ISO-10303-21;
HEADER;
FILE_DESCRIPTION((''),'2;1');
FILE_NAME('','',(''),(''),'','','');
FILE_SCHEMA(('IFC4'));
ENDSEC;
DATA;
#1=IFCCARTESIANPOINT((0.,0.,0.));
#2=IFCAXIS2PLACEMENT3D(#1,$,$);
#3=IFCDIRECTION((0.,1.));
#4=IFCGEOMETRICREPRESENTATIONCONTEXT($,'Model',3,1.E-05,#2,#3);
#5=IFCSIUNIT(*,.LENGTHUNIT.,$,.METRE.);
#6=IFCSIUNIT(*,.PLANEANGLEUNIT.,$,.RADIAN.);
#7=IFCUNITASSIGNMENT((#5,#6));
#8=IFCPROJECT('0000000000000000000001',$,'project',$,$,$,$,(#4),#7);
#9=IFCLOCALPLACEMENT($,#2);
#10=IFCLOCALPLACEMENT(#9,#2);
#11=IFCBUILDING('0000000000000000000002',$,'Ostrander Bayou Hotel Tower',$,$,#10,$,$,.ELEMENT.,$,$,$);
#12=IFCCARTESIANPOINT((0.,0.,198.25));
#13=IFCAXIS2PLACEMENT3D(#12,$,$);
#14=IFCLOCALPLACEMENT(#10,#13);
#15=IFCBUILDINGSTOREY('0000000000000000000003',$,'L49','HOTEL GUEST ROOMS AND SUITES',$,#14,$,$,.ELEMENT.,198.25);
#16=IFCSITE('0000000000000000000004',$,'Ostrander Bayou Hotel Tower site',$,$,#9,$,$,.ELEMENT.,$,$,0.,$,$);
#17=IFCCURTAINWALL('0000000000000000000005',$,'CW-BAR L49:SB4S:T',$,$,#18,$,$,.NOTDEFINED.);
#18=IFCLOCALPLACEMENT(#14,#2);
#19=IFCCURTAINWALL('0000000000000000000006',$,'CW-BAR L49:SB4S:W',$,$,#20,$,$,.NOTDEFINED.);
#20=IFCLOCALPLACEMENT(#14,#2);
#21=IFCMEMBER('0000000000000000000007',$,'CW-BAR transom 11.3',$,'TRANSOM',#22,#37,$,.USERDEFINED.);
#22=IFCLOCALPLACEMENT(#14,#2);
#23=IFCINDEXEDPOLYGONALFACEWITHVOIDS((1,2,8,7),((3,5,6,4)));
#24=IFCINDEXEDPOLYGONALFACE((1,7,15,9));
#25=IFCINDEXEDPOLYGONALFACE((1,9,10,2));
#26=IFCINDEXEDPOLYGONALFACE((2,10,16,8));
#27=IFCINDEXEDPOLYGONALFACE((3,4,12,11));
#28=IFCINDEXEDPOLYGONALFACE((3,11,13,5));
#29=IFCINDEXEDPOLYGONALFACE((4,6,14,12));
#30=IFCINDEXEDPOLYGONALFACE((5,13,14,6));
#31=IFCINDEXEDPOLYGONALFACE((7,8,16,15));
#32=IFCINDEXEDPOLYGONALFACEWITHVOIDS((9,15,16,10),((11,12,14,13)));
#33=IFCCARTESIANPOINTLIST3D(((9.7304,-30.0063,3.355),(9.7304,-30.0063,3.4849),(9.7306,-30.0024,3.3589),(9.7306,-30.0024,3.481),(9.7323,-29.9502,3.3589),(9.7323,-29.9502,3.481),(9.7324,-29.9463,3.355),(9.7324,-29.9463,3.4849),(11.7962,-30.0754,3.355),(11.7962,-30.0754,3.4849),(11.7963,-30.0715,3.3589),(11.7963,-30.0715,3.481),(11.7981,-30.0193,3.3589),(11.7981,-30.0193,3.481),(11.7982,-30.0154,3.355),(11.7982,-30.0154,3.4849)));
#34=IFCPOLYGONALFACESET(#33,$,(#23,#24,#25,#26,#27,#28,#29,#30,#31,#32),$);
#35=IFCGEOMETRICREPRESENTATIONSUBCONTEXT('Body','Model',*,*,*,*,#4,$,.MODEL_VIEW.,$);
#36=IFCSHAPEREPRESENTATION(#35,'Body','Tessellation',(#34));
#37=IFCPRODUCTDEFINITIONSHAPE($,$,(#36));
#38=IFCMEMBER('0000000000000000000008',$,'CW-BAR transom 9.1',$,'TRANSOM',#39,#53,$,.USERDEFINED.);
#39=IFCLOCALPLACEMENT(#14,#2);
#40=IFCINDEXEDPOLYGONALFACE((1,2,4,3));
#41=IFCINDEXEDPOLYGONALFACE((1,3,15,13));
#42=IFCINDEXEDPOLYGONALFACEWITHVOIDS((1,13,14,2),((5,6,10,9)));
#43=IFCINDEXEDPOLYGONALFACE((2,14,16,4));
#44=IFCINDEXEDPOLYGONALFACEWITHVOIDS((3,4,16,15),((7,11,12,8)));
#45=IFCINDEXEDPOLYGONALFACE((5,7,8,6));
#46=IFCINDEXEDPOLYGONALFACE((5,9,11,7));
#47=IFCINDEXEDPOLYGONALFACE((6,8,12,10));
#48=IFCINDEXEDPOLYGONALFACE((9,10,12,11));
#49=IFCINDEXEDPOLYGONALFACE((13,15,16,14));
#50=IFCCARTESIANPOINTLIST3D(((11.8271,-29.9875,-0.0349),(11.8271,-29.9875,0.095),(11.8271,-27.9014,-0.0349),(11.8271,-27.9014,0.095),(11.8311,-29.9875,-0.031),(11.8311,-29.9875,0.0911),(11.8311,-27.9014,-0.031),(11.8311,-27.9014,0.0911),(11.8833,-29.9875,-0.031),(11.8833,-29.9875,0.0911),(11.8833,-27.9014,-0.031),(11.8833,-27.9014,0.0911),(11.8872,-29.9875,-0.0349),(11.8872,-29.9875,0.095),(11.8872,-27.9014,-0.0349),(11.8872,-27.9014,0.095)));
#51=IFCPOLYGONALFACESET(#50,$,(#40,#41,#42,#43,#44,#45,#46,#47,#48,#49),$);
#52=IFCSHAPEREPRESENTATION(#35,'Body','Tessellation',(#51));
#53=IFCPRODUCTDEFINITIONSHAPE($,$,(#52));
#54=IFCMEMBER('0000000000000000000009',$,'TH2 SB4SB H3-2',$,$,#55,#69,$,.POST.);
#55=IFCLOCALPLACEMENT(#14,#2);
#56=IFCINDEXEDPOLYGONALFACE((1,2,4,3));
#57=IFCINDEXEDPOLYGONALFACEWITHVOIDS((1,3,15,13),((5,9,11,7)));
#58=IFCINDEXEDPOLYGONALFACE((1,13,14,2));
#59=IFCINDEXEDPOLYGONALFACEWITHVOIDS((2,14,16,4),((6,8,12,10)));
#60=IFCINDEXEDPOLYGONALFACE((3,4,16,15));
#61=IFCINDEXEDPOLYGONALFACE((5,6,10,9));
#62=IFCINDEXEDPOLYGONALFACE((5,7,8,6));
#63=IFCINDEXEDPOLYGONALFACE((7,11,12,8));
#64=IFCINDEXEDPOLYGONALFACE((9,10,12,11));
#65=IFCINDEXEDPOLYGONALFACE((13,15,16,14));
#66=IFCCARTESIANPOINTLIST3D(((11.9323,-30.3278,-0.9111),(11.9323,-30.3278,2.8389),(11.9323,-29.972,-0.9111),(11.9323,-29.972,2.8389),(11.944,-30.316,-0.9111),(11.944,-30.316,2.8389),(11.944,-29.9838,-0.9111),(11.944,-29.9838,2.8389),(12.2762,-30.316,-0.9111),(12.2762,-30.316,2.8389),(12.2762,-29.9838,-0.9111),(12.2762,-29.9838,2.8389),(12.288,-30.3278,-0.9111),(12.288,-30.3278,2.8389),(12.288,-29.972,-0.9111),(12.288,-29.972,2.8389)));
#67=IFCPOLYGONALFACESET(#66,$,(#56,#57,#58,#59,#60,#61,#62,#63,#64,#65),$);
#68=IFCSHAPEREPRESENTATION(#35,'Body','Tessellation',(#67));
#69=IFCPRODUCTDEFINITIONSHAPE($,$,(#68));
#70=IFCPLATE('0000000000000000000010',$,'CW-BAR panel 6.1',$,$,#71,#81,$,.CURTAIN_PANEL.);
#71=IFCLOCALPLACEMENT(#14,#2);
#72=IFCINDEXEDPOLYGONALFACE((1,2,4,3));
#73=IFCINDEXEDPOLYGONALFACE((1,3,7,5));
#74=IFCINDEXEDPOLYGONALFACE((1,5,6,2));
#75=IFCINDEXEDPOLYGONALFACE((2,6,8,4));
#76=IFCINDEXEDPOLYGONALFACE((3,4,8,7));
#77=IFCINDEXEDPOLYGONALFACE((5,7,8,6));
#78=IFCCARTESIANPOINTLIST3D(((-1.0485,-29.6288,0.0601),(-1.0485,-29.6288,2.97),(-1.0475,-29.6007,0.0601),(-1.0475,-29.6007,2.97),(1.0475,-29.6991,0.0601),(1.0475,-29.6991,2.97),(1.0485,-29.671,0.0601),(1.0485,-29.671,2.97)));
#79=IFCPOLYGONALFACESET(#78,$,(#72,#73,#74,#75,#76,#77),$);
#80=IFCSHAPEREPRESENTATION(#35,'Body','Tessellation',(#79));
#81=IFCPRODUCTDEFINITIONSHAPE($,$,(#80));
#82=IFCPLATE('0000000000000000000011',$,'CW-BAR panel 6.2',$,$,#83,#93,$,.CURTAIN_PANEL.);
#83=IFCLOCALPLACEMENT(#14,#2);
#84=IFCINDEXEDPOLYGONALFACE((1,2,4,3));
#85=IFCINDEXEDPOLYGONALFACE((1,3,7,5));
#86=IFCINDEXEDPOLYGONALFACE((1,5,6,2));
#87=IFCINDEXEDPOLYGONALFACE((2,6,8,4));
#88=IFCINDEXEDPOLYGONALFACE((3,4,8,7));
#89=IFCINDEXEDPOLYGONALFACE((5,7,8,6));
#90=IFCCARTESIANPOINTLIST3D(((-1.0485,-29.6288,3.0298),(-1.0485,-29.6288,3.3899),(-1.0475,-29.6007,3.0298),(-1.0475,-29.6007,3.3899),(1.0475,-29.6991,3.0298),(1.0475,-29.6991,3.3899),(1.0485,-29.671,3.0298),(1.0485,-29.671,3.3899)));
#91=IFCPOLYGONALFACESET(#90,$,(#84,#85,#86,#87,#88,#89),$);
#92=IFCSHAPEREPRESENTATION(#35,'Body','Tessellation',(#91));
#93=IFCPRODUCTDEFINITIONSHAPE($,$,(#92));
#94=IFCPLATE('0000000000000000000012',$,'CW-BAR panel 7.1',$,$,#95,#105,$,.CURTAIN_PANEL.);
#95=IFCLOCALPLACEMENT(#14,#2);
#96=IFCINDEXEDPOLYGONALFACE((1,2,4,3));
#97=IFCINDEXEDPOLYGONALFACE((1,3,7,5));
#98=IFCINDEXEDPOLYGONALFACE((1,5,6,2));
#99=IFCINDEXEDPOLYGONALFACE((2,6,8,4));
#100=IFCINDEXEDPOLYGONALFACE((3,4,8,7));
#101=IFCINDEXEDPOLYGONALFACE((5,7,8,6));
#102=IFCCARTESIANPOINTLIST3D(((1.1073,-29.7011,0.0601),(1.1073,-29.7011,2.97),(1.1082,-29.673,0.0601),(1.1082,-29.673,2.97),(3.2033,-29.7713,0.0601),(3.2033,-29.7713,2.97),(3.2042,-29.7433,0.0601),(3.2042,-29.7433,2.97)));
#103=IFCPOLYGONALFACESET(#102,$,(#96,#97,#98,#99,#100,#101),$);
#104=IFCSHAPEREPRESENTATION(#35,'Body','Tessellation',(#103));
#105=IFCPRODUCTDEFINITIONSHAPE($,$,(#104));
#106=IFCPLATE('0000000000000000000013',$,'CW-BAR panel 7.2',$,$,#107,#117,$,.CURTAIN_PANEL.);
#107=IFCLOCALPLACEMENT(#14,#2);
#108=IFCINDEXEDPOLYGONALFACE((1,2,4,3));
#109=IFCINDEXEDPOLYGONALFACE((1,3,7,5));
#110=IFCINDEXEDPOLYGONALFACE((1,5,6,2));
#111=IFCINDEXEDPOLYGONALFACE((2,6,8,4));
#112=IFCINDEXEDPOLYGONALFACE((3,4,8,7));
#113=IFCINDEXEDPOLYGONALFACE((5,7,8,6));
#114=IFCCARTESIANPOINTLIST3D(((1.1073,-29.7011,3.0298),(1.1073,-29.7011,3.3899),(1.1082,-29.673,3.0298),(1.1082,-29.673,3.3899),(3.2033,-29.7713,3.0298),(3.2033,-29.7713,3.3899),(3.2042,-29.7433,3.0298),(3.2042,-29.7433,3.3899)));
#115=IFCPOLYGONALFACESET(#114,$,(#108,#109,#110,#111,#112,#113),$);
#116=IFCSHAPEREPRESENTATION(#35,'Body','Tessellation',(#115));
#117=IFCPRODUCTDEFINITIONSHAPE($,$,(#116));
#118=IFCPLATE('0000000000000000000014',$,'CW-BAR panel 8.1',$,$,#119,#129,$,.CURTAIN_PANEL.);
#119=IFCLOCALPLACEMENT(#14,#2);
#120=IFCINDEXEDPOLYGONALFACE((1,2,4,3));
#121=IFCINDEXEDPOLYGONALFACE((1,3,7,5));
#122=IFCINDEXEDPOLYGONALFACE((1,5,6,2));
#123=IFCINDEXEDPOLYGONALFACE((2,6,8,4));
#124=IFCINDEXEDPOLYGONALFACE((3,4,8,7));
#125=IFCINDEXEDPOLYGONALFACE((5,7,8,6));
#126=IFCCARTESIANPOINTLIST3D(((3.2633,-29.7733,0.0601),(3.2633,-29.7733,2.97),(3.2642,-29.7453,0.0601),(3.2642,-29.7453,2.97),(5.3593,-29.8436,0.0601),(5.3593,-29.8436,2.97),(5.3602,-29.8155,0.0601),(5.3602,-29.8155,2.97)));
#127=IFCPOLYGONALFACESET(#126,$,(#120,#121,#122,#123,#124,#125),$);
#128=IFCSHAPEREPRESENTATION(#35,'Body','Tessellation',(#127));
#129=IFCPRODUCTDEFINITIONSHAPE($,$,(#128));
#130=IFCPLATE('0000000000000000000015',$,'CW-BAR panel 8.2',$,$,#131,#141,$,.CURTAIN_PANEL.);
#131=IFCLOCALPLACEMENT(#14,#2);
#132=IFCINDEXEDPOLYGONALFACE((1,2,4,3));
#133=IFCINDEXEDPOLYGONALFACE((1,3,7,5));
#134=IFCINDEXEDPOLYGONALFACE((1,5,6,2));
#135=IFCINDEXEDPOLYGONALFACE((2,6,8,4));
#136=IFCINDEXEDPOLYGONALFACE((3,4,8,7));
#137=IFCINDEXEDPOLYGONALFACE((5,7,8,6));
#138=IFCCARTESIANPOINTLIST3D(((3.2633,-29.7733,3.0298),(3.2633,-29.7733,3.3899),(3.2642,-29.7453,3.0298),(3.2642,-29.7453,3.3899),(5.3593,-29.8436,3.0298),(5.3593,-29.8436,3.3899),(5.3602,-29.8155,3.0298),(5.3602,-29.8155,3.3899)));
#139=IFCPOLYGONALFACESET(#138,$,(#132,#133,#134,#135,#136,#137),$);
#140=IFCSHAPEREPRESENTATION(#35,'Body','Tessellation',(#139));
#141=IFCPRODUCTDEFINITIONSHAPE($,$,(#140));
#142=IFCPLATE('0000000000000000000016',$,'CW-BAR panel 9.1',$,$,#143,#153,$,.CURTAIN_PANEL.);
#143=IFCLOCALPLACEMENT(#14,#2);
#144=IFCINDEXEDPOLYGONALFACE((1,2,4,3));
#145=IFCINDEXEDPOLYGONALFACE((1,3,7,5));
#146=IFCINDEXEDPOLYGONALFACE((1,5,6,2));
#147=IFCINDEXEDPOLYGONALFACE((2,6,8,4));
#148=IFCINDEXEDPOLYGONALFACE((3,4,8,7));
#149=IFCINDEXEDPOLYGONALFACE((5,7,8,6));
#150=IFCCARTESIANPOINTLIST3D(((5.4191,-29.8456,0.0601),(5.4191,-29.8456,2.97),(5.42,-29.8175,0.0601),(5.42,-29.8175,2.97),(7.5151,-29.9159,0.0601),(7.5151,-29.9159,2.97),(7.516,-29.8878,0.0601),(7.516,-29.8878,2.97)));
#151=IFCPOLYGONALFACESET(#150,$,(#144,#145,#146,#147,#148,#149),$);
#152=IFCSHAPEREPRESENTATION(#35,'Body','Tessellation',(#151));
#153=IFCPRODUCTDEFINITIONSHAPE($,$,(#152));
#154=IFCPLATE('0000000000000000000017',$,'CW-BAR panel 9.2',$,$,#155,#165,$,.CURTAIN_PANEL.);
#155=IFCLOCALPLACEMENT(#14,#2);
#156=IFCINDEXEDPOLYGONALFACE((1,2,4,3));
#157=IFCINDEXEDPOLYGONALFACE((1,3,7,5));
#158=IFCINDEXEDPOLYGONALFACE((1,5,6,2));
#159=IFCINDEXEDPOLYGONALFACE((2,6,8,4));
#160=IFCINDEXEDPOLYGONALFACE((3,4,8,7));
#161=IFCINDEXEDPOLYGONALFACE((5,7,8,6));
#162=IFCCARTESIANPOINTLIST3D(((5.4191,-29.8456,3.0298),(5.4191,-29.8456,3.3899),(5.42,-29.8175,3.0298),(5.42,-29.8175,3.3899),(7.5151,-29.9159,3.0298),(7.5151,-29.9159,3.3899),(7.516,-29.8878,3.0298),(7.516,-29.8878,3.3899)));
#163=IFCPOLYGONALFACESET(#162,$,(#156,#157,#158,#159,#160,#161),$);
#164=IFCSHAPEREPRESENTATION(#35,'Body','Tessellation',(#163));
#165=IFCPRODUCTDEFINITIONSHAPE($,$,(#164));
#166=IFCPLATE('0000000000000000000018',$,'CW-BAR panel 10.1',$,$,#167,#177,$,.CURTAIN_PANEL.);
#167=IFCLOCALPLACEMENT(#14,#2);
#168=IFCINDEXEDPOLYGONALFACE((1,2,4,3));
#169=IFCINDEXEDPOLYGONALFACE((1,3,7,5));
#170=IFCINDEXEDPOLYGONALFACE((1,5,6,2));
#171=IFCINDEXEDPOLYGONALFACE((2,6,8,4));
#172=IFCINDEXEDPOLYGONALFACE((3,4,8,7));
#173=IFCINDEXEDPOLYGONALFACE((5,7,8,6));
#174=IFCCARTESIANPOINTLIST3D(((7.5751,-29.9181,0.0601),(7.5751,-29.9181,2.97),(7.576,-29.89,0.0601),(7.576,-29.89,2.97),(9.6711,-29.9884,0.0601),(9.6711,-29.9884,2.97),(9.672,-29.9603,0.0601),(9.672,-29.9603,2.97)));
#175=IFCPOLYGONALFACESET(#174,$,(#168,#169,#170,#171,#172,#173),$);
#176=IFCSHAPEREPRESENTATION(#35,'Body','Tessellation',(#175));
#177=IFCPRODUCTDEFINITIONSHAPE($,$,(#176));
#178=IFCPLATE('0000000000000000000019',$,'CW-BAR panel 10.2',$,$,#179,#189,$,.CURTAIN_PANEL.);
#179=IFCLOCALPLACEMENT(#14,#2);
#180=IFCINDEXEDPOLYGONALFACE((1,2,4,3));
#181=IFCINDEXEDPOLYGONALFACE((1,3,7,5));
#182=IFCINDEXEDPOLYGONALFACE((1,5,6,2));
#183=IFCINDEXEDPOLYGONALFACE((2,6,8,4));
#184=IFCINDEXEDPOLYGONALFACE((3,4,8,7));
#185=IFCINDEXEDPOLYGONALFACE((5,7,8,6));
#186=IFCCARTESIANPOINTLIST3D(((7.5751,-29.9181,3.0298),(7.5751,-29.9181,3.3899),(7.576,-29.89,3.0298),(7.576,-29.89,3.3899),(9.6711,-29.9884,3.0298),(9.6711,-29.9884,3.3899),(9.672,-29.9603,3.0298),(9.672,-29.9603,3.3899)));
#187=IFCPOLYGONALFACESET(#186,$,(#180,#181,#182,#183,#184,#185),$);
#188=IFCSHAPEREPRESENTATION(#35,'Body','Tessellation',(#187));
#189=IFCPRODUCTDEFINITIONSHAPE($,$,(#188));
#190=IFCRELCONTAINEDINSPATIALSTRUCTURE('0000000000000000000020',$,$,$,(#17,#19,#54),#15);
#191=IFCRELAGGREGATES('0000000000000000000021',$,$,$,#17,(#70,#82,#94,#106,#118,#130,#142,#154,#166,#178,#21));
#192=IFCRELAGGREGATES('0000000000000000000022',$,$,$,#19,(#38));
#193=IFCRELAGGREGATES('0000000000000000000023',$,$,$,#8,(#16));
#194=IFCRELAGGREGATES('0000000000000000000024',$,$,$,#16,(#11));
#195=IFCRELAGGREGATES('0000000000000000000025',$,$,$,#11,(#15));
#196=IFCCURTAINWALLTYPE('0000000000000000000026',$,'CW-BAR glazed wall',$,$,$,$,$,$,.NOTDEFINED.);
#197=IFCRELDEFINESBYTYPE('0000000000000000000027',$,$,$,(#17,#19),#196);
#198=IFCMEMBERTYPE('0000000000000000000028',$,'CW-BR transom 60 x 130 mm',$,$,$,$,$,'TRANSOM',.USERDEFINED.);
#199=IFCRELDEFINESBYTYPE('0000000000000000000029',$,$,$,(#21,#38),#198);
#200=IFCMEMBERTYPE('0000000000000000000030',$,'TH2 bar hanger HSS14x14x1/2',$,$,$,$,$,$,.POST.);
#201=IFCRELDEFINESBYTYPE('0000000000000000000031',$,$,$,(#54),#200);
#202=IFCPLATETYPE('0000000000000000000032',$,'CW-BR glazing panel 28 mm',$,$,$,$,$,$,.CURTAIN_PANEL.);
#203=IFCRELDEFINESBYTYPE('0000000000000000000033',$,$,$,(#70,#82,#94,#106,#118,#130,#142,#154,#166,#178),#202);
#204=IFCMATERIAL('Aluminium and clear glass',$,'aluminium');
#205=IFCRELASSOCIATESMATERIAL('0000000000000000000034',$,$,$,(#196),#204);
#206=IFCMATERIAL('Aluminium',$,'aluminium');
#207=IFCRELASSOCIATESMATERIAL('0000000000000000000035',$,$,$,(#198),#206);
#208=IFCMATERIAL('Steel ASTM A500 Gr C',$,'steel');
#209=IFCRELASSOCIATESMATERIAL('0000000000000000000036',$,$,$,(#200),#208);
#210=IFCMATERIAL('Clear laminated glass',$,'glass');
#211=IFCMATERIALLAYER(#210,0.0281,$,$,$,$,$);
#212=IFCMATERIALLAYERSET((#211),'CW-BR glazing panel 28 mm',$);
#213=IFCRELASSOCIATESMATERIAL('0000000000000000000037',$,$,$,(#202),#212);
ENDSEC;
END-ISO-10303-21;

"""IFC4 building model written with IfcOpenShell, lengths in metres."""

from ifc_helpers import new_model, si_unit, direction, frame, origin, origin_2d, place, context, subcontext, project, spatial, rectangle, hollow_rectangle, extrude, material, layer, layer_set, material_profile, profile_set, type_object, element, aggregate, save


model = new_model("IFC4")

# Units and contexts
model_context = context("Model", 3, precision=1e-05, world=origin(), true_north=direction((0.0, 1.0)))
body_context = subcontext(model_context, "Body", "Model", "MODEL_VIEW")
ifc_project = project(units=[si_unit("LENGTHUNIT", "METRE"), si_unit("PLANEANGLEUNIT", "RADIAN")], contexts=[model_context])

# Site, building, storey
site_placement = place(None, origin())
site = spatial("IfcSite", under=ifc_project, at=site_placement, Name="Ostrander Bayou Hotel Tower site", CompositionType="ELEMENT", RefElevation=0.0)
building_placement = place(site_placement, origin())
building = spatial("IfcBuilding", under=site, at=building_placement, Name="Ostrander Bayou Hotel Tower", CompositionType="ELEMENT")
storey_placement = place(building_placement, frame((0.0, 0.0, 198.25)))
storey = spatial("IfcBuildingStorey", under=building, at=storey_placement, Name="L49", Description="HOTEL GUEST ROOMS AND SUITES", CompositionType="ELEMENT", Elevation=198.25)

# Curtain wall
ifc_material_1 = material(Name="Aluminium and clear glass", Category="aluminium")
curtain_wall_type = type_object("IfcCurtainWallType", Name="CW-BAR glazed wall", PredefinedType="NOTDEFINED", material=ifc_material_1)
curtain_wall_1_placement = place(storey_placement, origin())
curtain_wall_1 = element("IfcCurtainWall", 1, at=curtain_wall_1_placement, inside=storey, type_object=curtain_wall_type, Name="CW-BAR L49:SB4S:T", PredefinedType="NOTDEFINED")

# Curtain wall
curtain_wall_2_placement = place(storey_placement, origin())
curtain_wall_2 = element("IfcCurtainWall", 2, at=curtain_wall_2_placement, inside=storey, type_object=curtain_wall_type, Name="CW-BAR L49:SB4S:W", PredefinedType="NOTDEFINED")

# Members
ifc_material_2 = material(Name="Aluminium", Category="aluminium")
ifc_material_profile_1 = material_profile(ifc_material_2, hollow_rectangle(XDim=0.0601, YDim=0.1299, WallThickness=0.0039, at=origin_2d()))
ifc_profile_set_1 = profile_set([ifc_material_profile_1], Name="Aluminium")
member_type_1 = type_object("IfcMemberType", Name="CW-BR transom 60 x 130 mm", ElementType="TRANSOM", PredefinedType="USERDEFINED", material=ifc_profile_set_1)
member_1_placement = place(storey_placement, frame((9.7314, -29.9763, 3.4199), z_axis=(0.999441, -0.033429, 0.0), x_axis=(0.033429, 0.999441, 0.0)))
member_1 = element("IfcMember", 3, at=member_1_placement, type_object=member_type_1, Name="CW-BAR transom 11.3", ObjectType="TRANSOM", PredefinedType="USERDEFINED", context=body_context, shape_type="SweptSolid", body=[
    extrude(hollow_rectangle(XDim=0.0601, YDim=0.1299, WallThickness=0.0039, at=origin_2d()), origin(), (0.0, 0.0, 1.0), 2.0669),
])
member_2_placement = place(storey_placement, frame((11.8572, -27.9014, 0.03), z_axis=(0.0, -1.0, 0.0), x_axis=(1.0, 0.0, 0.0)))
member_2 = element("IfcMember", 4, at=member_2_placement, type_object=member_type_1, Name="CW-BAR transom 9.1", ObjectType="TRANSOM", PredefinedType="USERDEFINED", context=body_context, shape_type="SweptSolid", body=[
    extrude(hollow_rectangle(XDim=0.0601, YDim=0.1299, WallThickness=0.0039, at=origin_2d()), origin(), (0.0, 0.0, 1.0), 2.0862),
])
ifc_material_3 = material(Name="Steel ASTM A500 Gr C", Category="steel")
ifc_material_profile_2 = material_profile(ifc_material_3, hollow_rectangle(XDim=0.3557, YDim=0.3557, WallThickness=0.0117, at=origin_2d()))
ifc_profile_set_2 = profile_set([ifc_material_profile_2], Name="Steel ASTM A500 Gr C")
member_type_2 = type_object("IfcMemberType", Name="TH2 bar hanger HSS14x14x1/2", PredefinedType="POST", material=ifc_profile_set_2)
member_3_placement = place(storey_placement, frame((12.1101, -30.1499, -0.9111), z_axis=(0.0, 0.0, 1.0), x_axis=(1.0, 0.0, 0.0)))
element("IfcMember", 5, at=member_3_placement, inside=storey, type_object=member_type_2, Name="TH2 SB4SB H3-2", PredefinedType="POST", context=body_context, shape_type="SweptSolid", body=[
    extrude(hollow_rectangle(XDim=0.3557, YDim=0.3557, WallThickness=0.0117, at=origin_2d()), origin(), (0.0, 0.0, 1.0), 3.75),
])

# Plates
ifc_material_4 = material(Name="Clear laminated glass", Category="glass")
ifc_layer = layer(ifc_material_4, 0.0281)
ifc_layer_set = layer_set([ifc_layer], Name="CW-BR glazing panel 28 mm")
plate_type = type_object("IfcPlateType", Name="CW-BR glazing panel 28 mm", PredefinedType="CURTAIN_PANEL", material=ifc_layer_set)
plate_1_placement = place(storey_placement, frame((0.0, -29.6499, 0.0601), z_axis=(0.0, 0.0, 1.0), x_axis=(0.999439, -0.033505, 0.0)))
plate_1 = element("IfcPlate", 6, at=plate_1_placement, type_object=plate_type, Name="CW-BAR panel 6.1", PredefinedType="CURTAIN_PANEL", context=body_context, shape_type="SweptSolid", body=[
    extrude(rectangle(XDim=2.0972, YDim=0.0281, at=origin_2d()), origin(), (0.0, 0.0, 1.0), 2.9099),
])
plate_2_placement = place(storey_placement, frame((0.0, -29.6499, 3.0298), z_axis=(0.0, 0.0, 1.0), x_axis=(0.999439, -0.033505, 0.0)))
plate_2 = element("IfcPlate", 7, at=plate_2_placement, type_object=plate_type, Name="CW-BAR panel 6.2", PredefinedType="CURTAIN_PANEL", context=body_context, shape_type="SweptSolid", body=[
    extrude(rectangle(XDim=2.0972, YDim=0.0281, at=origin_2d()), origin(), (0.0, 0.0, 1.0), 0.3601),
])
plate_3_placement = place(storey_placement, frame((2.1558, -29.7222, 0.0601), z_axis=(0.0, 0.0, 1.0), x_axis=(0.999439, -0.033505, 0.0)))
plate_3 = element("IfcPlate", 8, at=plate_3_placement, type_object=plate_type, Name="CW-BAR panel 7.1", PredefinedType="CURTAIN_PANEL", context=body_context, shape_type="SweptSolid", body=[
    extrude(rectangle(XDim=2.0972, YDim=0.0281, at=origin_2d()), origin(), (0.0, 0.0, 1.0), 2.9099),
])
plate_4_placement = place(storey_placement, frame((2.1558, -29.7222, 3.0298), z_axis=(0.0, 0.0, 1.0), x_axis=(0.999439, -0.033505, 0.0)))
plate_4 = element("IfcPlate", 9, at=plate_4_placement, type_object=plate_type, Name="CW-BAR panel 7.2", PredefinedType="CURTAIN_PANEL", context=body_context, shape_type="SweptSolid", body=[
    extrude(rectangle(XDim=2.0972, YDim=0.0281, at=origin_2d()), origin(), (0.0, 0.0, 1.0), 0.3601),
])
plate_5_placement = place(storey_placement, frame((4.3118, -29.7944, 0.0601), z_axis=(0.0, 0.0, 1.0), x_axis=(0.999439, -0.033505, 0.0)))
plate_5 = element("IfcPlate", 10, at=plate_5_placement, type_object=plate_type, Name="CW-BAR panel 8.1", PredefinedType="CURTAIN_PANEL", context=body_context, shape_type="SweptSolid", body=[
    extrude(rectangle(XDim=2.0972, YDim=0.0281, at=origin_2d()), origin(), (0.0, 0.0, 1.0), 2.9099),
])
plate_6_placement = place(storey_placement, frame((4.3118, -29.7944, 3.0298), z_axis=(0.0, 0.0, 1.0), x_axis=(0.999439, -0.033505, 0.0)))
plate_6 = element("IfcPlate", 11, at=plate_6_placement, type_object=plate_type, Name="CW-BAR panel 8.2", PredefinedType="CURTAIN_PANEL", context=body_context, shape_type="SweptSolid", body=[
    extrude(rectangle(XDim=2.0972, YDim=0.0281, at=origin_2d()), origin(), (0.0, 0.0, 1.0), 0.3601),
])
plate_7_placement = place(storey_placement, frame((6.4675, -29.8667, 0.0601), z_axis=(0.0, 0.0, 1.0), x_axis=(0.999439, -0.033505, 0.0)))
plate_7 = element("IfcPlate", 12, at=plate_7_placement, type_object=plate_type, Name="CW-BAR panel 9.1", PredefinedType="CURTAIN_PANEL", context=body_context, shape_type="SweptSolid", body=[
    extrude(rectangle(XDim=2.0972, YDim=0.0281, at=origin_2d()), origin(), (0.0, 0.0, 1.0), 2.9099),
])
plate_8_placement = place(storey_placement, frame((6.4675, -29.8667, 3.0298), z_axis=(0.0, 0.0, 1.0), x_axis=(0.999439, -0.033505, 0.0)))
plate_8 = element("IfcPlate", 13, at=plate_8_placement, type_object=plate_type, Name="CW-BAR panel 9.2", PredefinedType="CURTAIN_PANEL", context=body_context, shape_type="SweptSolid", body=[
    extrude(rectangle(XDim=2.0972, YDim=0.0281, at=origin_2d()), origin(), (0.0, 0.0, 1.0), 0.3601),
])
plate_9_placement = place(storey_placement, frame((8.6235, -29.9392, 0.0601), z_axis=(0.0, 0.0, 1.0), x_axis=(0.999439, -0.033505, 0.0)))
plate_9 = element("IfcPlate", 14, at=plate_9_placement, type_object=plate_type, Name="CW-BAR panel 10.1", PredefinedType="CURTAIN_PANEL", context=body_context, shape_type="SweptSolid", body=[
    extrude(rectangle(XDim=2.0972, YDim=0.0281, at=origin_2d()), origin(), (0.0, 0.0, 1.0), 2.9099),
])
plate_10_placement = place(storey_placement, frame((8.6235, -29.9392, 3.0298), z_axis=(0.0, 0.0, 1.0), x_axis=(0.999439, -0.033505, 0.0)))
plate_10 = element("IfcPlate", 15, at=plate_10_placement, type_object=plate_type, Name="CW-BAR panel 10.2", PredefinedType="CURTAIN_PANEL", context=body_context, shape_type="SweptSolid", body=[
    extrude(rectangle(XDim=2.0972, YDim=0.0281, at=origin_2d()), origin(), (0.0, 0.0, 1.0), 0.3601),
])
aggregate(curtain_wall_1, [plate_1, plate_2, plate_3, plate_4, plate_5, plate_6, plate_7, plate_8, plate_9, plate_10, member_1])
aggregate(curtain_wall_2, [member_2])

save(model, "model.ifc")
